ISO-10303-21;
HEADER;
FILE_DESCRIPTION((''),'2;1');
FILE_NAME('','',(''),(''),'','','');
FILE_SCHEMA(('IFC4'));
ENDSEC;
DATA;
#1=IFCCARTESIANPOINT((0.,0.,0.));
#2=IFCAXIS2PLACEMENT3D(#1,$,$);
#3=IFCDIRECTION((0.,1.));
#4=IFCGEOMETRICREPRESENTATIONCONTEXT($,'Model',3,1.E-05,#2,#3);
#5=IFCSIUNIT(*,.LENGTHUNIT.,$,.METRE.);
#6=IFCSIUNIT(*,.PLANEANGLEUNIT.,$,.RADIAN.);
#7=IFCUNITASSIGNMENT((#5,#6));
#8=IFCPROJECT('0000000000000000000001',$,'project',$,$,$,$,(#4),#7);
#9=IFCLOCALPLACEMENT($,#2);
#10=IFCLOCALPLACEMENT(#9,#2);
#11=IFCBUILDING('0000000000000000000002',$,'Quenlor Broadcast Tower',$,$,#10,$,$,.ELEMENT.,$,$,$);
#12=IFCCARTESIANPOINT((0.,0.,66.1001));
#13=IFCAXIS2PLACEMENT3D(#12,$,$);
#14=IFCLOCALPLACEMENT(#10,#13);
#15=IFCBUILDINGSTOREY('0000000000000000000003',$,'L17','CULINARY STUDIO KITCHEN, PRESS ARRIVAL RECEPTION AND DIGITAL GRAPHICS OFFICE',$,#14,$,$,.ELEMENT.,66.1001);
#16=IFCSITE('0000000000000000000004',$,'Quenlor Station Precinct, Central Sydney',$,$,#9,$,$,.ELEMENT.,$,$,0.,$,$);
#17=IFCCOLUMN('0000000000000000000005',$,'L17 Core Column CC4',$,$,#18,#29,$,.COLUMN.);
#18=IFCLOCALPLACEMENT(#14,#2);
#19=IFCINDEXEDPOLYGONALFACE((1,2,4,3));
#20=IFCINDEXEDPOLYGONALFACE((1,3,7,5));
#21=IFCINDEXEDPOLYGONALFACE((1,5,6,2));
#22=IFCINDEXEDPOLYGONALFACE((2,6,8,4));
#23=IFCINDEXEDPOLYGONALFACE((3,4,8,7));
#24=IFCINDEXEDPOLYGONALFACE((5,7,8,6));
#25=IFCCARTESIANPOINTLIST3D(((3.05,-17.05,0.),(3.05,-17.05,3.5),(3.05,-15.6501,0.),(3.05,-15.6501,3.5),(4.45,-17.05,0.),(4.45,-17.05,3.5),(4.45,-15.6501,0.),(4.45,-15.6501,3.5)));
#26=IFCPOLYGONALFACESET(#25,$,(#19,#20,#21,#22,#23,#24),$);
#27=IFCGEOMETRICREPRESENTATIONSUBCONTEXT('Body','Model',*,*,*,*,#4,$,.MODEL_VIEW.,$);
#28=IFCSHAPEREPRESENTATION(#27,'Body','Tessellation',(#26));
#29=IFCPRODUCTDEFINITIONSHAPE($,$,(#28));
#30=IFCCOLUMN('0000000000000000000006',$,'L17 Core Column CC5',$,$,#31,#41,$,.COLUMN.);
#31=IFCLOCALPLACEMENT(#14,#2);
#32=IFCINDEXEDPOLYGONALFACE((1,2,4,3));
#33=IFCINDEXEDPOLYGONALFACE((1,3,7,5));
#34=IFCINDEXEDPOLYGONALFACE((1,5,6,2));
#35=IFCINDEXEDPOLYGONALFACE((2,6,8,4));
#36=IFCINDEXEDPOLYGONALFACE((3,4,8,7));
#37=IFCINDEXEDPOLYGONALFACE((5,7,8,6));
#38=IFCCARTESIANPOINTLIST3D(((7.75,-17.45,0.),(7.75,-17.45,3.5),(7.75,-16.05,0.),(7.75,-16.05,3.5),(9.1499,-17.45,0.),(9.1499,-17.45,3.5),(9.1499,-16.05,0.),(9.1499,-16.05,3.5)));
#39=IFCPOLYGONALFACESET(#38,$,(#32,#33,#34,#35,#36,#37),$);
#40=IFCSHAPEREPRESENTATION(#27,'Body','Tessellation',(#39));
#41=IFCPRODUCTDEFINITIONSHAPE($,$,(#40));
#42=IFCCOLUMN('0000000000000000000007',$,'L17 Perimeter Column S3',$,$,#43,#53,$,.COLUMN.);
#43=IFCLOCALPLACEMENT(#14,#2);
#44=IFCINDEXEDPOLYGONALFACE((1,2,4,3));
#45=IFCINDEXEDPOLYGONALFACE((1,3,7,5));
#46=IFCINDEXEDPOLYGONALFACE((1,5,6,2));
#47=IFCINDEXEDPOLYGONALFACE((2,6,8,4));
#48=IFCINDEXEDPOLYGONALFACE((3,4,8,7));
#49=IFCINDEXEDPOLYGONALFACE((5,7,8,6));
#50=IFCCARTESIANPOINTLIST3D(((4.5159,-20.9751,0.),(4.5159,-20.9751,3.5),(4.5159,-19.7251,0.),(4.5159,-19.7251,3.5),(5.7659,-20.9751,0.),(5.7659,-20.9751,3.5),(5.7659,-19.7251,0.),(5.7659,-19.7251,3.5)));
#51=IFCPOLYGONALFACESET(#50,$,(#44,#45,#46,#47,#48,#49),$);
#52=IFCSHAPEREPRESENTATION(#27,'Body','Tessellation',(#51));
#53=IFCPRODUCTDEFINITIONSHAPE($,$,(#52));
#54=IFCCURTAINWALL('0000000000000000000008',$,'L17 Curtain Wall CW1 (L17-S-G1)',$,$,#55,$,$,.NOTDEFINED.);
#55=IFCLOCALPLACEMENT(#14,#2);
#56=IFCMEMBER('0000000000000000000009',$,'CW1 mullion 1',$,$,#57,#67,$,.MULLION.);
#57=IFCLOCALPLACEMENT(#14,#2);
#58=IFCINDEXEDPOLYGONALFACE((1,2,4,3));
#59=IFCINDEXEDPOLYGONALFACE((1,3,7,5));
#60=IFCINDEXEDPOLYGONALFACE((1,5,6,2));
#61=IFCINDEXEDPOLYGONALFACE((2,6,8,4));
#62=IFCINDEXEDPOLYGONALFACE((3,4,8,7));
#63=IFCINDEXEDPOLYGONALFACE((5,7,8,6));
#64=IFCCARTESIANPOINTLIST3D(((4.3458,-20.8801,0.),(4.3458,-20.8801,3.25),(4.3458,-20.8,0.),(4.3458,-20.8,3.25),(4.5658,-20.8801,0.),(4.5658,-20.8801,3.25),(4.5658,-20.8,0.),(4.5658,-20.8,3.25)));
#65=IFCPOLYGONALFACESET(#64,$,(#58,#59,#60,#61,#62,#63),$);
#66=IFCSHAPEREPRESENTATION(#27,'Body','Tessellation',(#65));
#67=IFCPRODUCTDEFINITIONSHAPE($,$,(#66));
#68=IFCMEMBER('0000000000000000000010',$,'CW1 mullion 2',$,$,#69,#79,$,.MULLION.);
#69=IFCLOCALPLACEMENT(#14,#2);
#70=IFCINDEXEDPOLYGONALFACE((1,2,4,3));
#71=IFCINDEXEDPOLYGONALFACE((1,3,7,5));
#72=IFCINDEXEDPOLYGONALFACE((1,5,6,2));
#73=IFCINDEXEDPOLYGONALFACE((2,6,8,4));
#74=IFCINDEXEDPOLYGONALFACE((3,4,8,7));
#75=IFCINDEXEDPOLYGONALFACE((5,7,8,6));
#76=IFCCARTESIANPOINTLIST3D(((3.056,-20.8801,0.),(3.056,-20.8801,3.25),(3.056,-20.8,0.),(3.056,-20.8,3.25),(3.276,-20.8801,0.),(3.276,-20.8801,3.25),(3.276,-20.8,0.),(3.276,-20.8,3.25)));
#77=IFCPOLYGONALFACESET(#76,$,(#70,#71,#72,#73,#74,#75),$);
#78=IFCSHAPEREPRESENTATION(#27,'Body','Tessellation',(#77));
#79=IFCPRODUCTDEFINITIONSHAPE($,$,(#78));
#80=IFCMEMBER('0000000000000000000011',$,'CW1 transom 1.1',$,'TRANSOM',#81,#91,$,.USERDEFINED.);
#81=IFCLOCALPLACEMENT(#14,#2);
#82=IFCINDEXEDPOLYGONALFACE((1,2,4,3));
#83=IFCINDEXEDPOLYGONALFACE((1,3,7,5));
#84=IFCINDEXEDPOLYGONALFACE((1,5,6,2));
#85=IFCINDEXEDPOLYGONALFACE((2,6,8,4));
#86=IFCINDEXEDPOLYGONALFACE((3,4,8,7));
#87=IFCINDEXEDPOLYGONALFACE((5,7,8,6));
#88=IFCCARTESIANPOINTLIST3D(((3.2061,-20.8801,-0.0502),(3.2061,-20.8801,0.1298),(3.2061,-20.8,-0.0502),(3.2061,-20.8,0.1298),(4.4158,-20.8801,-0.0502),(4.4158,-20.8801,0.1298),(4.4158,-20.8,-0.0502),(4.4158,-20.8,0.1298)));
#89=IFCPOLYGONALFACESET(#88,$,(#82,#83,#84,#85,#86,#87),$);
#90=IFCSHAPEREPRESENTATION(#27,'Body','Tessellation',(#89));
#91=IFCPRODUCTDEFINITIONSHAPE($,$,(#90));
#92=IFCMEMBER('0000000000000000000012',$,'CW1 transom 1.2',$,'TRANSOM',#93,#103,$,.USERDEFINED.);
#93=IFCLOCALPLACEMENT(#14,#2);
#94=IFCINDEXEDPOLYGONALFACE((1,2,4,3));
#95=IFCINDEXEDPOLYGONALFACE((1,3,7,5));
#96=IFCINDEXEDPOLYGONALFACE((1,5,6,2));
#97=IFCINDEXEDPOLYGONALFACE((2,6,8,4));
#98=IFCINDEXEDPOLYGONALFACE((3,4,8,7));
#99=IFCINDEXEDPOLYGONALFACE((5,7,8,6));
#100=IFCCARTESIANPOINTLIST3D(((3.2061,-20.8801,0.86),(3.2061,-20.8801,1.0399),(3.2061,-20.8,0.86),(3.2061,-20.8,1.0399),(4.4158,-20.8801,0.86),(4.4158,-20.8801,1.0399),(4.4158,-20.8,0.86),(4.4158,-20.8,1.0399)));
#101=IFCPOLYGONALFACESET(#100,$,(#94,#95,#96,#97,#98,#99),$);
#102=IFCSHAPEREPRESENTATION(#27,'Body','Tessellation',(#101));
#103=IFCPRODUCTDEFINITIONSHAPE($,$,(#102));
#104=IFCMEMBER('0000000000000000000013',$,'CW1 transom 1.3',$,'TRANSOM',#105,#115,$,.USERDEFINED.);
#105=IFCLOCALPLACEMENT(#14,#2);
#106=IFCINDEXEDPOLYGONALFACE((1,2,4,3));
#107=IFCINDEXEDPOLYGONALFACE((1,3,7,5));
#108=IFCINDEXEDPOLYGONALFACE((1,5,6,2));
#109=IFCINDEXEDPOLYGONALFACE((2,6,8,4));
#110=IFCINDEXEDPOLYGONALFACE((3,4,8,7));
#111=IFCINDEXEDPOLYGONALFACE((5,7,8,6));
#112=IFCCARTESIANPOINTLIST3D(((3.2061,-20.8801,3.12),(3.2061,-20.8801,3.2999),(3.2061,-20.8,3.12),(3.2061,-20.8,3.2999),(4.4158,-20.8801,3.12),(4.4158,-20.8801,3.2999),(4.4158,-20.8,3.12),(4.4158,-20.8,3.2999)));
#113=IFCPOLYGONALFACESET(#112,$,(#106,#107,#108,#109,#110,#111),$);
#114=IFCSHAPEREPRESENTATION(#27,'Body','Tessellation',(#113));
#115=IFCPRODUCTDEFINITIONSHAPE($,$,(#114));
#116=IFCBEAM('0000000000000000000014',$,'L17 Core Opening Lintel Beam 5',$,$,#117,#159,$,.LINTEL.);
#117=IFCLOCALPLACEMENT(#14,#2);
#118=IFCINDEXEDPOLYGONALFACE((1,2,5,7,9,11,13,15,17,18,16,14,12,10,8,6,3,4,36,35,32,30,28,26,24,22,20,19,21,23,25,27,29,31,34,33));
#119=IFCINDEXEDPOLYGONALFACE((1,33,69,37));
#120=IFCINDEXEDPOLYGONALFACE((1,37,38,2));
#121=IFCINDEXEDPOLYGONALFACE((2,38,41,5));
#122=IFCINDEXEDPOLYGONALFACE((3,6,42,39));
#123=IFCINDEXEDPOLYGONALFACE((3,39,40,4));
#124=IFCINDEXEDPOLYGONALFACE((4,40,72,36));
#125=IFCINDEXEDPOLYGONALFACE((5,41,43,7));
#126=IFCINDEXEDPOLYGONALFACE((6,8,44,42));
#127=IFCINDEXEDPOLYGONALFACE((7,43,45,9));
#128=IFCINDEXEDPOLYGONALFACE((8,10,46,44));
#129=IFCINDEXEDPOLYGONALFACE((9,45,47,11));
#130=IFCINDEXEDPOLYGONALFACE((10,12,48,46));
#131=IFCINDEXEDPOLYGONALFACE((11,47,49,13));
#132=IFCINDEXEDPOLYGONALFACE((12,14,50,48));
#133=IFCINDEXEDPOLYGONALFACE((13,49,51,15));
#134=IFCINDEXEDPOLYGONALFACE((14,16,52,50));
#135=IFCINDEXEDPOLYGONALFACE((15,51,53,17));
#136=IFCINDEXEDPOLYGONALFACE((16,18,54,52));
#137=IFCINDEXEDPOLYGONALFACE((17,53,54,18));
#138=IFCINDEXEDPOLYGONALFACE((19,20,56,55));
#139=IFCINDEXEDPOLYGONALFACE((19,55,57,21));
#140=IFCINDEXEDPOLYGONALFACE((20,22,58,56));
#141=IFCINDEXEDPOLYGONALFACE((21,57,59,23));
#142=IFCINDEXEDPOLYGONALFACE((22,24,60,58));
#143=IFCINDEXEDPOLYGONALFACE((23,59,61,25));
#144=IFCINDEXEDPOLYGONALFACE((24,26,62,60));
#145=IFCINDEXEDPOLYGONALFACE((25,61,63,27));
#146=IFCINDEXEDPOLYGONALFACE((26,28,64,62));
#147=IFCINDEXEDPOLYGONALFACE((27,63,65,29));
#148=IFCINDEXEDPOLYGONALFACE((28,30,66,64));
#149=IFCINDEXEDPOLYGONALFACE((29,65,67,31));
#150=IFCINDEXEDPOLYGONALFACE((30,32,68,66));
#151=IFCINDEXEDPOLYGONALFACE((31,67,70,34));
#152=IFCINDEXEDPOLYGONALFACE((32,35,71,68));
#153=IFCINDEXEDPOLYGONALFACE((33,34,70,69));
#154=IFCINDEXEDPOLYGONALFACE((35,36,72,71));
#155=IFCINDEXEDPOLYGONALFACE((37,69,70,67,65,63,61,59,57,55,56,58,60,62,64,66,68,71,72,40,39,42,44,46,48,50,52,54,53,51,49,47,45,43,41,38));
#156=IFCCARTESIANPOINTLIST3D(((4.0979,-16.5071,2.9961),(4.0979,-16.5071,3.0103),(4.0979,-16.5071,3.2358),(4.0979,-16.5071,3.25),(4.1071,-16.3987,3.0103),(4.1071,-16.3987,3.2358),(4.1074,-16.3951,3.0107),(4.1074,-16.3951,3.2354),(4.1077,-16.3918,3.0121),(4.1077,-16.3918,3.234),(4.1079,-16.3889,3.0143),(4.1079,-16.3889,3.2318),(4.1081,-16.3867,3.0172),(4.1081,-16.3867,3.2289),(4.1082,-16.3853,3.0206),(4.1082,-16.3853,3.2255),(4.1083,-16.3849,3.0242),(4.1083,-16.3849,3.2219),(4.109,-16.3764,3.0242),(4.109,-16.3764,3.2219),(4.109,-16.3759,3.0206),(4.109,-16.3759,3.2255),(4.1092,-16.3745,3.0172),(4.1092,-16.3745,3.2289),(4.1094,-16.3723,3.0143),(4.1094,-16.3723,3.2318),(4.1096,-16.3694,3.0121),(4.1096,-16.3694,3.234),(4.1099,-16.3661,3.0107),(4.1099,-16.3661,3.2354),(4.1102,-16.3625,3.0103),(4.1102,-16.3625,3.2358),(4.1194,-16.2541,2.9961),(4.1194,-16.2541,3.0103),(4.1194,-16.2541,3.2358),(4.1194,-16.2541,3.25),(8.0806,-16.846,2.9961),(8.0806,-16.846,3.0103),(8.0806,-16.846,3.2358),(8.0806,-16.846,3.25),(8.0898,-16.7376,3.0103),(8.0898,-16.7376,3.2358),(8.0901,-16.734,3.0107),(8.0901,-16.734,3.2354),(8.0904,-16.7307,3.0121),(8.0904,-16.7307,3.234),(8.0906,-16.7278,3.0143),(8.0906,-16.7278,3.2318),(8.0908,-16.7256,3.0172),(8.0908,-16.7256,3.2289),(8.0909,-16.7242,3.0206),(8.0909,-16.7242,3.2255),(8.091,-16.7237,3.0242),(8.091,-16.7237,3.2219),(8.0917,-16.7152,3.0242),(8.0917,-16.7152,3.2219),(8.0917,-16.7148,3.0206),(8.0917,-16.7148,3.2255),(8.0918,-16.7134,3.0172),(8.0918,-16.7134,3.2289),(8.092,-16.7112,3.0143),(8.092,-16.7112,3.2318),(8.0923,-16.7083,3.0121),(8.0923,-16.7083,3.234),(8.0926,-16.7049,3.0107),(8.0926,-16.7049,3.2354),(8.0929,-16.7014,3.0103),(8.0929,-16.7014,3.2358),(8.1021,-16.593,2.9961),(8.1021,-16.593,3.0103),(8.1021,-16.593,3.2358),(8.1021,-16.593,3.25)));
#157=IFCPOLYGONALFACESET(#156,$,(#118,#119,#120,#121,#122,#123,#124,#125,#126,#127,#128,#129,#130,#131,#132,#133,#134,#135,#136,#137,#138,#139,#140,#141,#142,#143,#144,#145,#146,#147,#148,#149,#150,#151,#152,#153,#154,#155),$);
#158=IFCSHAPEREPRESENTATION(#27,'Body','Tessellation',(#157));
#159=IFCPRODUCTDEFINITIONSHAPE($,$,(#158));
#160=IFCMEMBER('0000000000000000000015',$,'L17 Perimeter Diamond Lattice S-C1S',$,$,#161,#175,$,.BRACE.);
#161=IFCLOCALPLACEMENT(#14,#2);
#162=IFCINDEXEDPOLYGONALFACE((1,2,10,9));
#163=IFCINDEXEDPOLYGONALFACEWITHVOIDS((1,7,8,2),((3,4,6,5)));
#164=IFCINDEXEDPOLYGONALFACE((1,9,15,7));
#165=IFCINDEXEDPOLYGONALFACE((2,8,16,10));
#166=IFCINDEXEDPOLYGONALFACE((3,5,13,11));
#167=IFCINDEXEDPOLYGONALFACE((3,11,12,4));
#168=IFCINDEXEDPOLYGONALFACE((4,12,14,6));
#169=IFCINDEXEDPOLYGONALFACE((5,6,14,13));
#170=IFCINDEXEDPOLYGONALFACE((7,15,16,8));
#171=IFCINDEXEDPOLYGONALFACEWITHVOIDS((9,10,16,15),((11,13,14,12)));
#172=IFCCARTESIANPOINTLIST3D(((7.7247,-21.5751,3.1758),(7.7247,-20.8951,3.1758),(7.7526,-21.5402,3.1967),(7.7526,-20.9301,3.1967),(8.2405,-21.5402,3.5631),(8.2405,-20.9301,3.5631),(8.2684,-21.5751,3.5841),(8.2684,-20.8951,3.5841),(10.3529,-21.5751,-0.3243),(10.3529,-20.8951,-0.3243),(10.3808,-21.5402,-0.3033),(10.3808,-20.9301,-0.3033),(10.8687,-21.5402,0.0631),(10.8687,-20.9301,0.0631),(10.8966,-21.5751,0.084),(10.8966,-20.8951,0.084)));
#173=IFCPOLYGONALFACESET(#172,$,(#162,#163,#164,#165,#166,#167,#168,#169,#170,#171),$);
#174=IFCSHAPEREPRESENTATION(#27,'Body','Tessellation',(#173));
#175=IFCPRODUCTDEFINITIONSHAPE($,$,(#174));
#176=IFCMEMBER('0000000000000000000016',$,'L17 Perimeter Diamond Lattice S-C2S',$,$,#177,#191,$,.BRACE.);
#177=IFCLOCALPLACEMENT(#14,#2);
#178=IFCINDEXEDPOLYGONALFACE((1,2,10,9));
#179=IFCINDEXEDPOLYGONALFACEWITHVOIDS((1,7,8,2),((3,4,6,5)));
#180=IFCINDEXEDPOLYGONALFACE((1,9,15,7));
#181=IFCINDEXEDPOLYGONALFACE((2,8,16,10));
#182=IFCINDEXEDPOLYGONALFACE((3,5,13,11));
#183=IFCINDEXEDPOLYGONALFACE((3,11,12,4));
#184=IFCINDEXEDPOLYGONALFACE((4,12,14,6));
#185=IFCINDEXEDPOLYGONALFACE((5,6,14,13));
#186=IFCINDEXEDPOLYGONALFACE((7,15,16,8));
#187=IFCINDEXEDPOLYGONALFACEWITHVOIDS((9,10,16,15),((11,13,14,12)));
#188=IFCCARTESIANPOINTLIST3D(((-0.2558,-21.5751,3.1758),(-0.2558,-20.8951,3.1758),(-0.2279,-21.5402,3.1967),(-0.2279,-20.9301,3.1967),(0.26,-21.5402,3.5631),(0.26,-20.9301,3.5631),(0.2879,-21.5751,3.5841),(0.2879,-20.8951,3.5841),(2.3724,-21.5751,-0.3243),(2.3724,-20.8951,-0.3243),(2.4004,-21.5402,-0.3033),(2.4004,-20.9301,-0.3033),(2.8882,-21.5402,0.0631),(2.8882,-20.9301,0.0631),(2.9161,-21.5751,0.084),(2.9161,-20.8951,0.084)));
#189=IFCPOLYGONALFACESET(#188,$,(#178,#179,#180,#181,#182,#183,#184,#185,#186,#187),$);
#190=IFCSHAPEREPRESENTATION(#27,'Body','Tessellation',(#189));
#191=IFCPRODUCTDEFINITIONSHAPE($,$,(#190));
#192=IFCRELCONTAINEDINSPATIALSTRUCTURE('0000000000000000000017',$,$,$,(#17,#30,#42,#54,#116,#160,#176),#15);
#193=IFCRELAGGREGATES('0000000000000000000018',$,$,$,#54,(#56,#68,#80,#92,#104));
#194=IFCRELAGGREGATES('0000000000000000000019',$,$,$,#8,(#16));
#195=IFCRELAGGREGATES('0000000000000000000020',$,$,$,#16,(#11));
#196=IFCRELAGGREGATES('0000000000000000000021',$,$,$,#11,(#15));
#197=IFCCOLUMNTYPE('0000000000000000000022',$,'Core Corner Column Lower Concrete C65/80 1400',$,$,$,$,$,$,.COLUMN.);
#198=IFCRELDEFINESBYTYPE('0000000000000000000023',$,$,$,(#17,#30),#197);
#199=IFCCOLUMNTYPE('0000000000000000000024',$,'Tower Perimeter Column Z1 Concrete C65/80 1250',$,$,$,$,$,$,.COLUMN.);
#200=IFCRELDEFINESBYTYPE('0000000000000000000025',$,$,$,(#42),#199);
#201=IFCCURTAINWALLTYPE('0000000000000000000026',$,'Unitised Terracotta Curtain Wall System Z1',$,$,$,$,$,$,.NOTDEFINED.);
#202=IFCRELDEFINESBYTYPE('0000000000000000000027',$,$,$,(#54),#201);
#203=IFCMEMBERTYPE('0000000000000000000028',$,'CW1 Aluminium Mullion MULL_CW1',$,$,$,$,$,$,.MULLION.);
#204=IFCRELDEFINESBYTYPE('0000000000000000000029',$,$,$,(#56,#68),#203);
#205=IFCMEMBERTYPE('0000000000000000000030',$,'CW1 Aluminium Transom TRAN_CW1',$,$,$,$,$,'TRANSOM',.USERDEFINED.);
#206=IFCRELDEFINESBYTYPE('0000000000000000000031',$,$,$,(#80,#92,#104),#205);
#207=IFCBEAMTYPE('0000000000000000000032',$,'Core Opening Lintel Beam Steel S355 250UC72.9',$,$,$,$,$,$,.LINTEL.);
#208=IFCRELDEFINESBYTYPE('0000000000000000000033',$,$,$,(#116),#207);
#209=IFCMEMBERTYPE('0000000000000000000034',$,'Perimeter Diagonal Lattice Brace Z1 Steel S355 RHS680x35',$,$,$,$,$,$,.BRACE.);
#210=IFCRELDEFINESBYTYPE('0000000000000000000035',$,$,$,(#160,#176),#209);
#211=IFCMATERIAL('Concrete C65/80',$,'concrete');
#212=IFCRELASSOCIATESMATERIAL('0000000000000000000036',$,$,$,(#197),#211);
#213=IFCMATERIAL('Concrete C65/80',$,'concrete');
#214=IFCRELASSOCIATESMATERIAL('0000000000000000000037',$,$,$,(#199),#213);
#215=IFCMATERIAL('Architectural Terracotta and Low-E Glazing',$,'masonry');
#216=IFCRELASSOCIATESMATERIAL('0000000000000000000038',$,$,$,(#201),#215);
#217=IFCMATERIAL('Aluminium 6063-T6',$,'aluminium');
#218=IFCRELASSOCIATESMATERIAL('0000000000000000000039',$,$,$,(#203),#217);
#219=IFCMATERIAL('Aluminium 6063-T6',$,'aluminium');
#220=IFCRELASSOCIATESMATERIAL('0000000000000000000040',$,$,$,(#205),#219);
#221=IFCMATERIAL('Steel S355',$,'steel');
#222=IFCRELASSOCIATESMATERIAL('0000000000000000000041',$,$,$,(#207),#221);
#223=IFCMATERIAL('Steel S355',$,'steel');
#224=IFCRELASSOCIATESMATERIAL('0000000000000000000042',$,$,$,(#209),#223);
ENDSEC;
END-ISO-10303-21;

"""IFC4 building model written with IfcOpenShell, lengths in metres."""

from ifc_helpers import new_model, si_unit, direction, frame, origin, origin_2d, place, context, subcontext, project, spatial, rectangle, hollow_rectangle, i_section, extrude, material, material_profile, profile_set, type_object, element, aggregate, save


model = new_model("IFC4")

# Units and contexts
model_context = context("Model", 3, precision=1e-05, world=origin(), true_north=direction((0.0, 1.0)))
body_context = subcontext(model_context, "Body", "Model", "MODEL_VIEW")
ifc_project = project(units=[si_unit("LENGTHUNIT", "METRE"), si_unit("PLANEANGLEUNIT", "RADIAN")], contexts=[model_context])

# Site, building, storey
site_placement = place(None, origin())
site = spatial("IfcSite", under=ifc_project, at=site_placement, Name="Quenlor Station Precinct, Central Sydney", CompositionType="ELEMENT", RefElevation=0.0)
building_placement = place(site_placement, origin())
building = spatial("IfcBuilding", under=site, at=building_placement, Name="Quenlor Broadcast Tower", CompositionType="ELEMENT")
storey_placement = place(building_placement, frame((0.0, 0.0, 66.1001)))
storey = spatial("IfcBuildingStorey", under=building, at=storey_placement, Name="L17", Description="CULINARY STUDIO KITCHEN, PRESS ARRIVAL RECEPTION AND DIGITAL GRAPHICS OFFICE", CompositionType="ELEMENT", Elevation=66.1001)

# Columns
ifc_material_1 = material(Name="Concrete C65/80", Category="concrete")
ifc_material_profile_1 = material_profile(ifc_material_1, rectangle(XDim=1.3999, YDim=1.3999, at=origin_2d()))
ifc_profile_set_1 = profile_set([ifc_material_profile_1], Name="Concrete C65/80 RC1400x1400")
column_type_1 = type_object("IfcColumnType", Name="Core Corner Column Lower Concrete C65/80 1400", PredefinedType="COLUMN", material=ifc_profile_set_1)
for number, where, z_axis, x_axis, name in (
    (1, (3.75, -16.3501, 0.0), (0.0, 0.0, 1.0), (1.0, 0.0, 0.0), "L17 Core Column CC4"),
    (2, (8.45, -16.75, 0.0), (0.0, 0.0, 1.0), (1.0, 0.0, 0.0), "L17 Core Column CC5"),
):
    element("IfcColumn", number, at=place(storey_placement, frame(where, z_axis=z_axis, x_axis=x_axis)), inside=storey, type_object=column_type_1, Name=name, PredefinedType="COLUMN", context=body_context, shape_type="SweptSolid", body=[
        extrude(rectangle(XDim=1.3999, YDim=1.3999, at=origin_2d()), origin(), (0.0, 0.0, 1.0), 3.5),
    ])
ifc_material_2 = material(Name="Concrete C65/80", Category="concrete")
ifc_material_profile_2 = material_profile(ifc_material_2, rectangle(XDim=1.25, YDim=1.25, at=origin_2d()))
ifc_profile_set_2 = profile_set([ifc_material_profile_2], Name="Concrete C65/80 RC1250x1250")
column_type_2 = type_object("IfcColumnType", Name="Tower Perimeter Column Z1 Concrete C65/80 1250", PredefinedType="COLUMN", material=ifc_profile_set_2)
column_placement = place(storey_placement, frame((5.1409, -20.3501, 0.0), z_axis=(0.0, 0.0, 1.0), x_axis=(0.0, 1.0, 0.0)))
element("IfcColumn", 3, at=column_placement, inside=storey, type_object=column_type_2, Name="L17 Perimeter Column S3", PredefinedType="COLUMN", context=body_context, shape_type="SweptSolid", body=[
    extrude(rectangle(XDim=1.25, YDim=1.25, at=origin_2d()), origin(), (0.0, 0.0, 1.0), 3.5),
])

# Curtain wall, members
ifc_material_3 = material(Name="Architectural Terracotta and Low-E Glazing", Category="masonry")
curtain_wall_type = type_object("IfcCurtainWallType", Name="Unitised Terracotta Curtain Wall System Z1", PredefinedType="NOTDEFINED", material=ifc_material_3)
curtain_wall_placement = place(storey_placement, origin())
curtain_wall = element("IfcCurtainWall", 4, at=curtain_wall_placement, inside=storey, type_object=curtain_wall_type, Name="L17 Curtain Wall CW1 (L17-S-G1)", PredefinedType="NOTDEFINED")
ifc_material_4 = material(Name="Aluminium 6063-T6", Category="aluminium")
ifc_material_profile_3 = material_profile(ifc_material_4, rectangle(XDim=0.0801, YDim=0.22, at=origin_2d()))
ifc_profile_set_3 = profile_set([ifc_material_profile_3], Name="Aluminium 6063-T6 MULL80x220")
member_type_1 = type_object("IfcMemberType", Name="CW1 Aluminium Mullion MULL_CW1", PredefinedType="MULLION", material=ifc_profile_set_3)
member_1_placement = place(storey_placement, frame((4.4558, -20.8401, 0.0), z_axis=(0.0, 0.0, 1.0), x_axis=(0.0, -1.0, 0.0)))
member_1 = element("IfcMember", 5, at=member_1_placement, type_object=member_type_1, Name="CW1 mullion 1", PredefinedType="MULLION", context=body_context, shape_type="SweptSolid", body=[
    extrude(rectangle(XDim=0.0801, YDim=0.22, at=origin_2d()), origin(), (0.0, 0.0, 1.0), 3.25),
])
member_2_placement = place(storey_placement, frame((3.166, -20.8401, 0.0), z_axis=(0.0, 0.0, 1.0), x_axis=(0.0, -1.0, 0.0)))
member_2 = element("IfcMember", 6, at=member_2_placement, type_object=member_type_1, Name="CW1 mullion 2", PredefinedType="MULLION", context=body_context, shape_type="SweptSolid", body=[
    extrude(rectangle(XDim=0.0801, YDim=0.22, at=origin_2d()), origin(), (0.0, 0.0, 1.0), 3.25),
])
ifc_material_5 = material(Name="Aluminium 6063-T6", Category="aluminium")
ifc_material_profile_4 = material_profile(ifc_material_5, rectangle(XDim=0.0801, YDim=0.1799, at=origin_2d()))
ifc_profile_set_4 = profile_set([ifc_material_profile_4], Name="Aluminium 6063-T6 TRAN80x180")
member_type_2 = type_object("IfcMemberType", Name="CW1 Aluminium Transom TRAN_CW1", ElementType="TRANSOM", PredefinedType="USERDEFINED", material=ifc_profile_set_4)
member_3_placement = place(storey_placement, frame((4.4158, -20.8401, 0.0398), z_axis=(-1.0, 0.0, 0.0), x_axis=(0.0, -1.0, 0.0)))
member_3 = element("IfcMember", 7, at=member_3_placement, type_object=member_type_2, Name="CW1 transom 1.1", ObjectType="TRANSOM", PredefinedType="USERDEFINED", context=body_context, shape_type="SweptSolid", body=[
    extrude(rectangle(XDim=0.0801, YDim=0.1799, at=origin_2d()), origin(), (0.0, 0.0, 1.0), 1.2097),
])
member_4_placement = place(storey_placement, frame((4.4158, -20.8401, 0.95), z_axis=(-1.0, 0.0, 0.0), x_axis=(0.0, -1.0, 0.0)))
member_4 = element("IfcMember", 8, at=member_4_placement, type_object=member_type_2, Name="CW1 transom 1.2", ObjectType="TRANSOM", PredefinedType="USERDEFINED", context=body_context, shape_type="SweptSolid", body=[
    extrude(rectangle(XDim=0.0801, YDim=0.1799, at=origin_2d()), origin(), (0.0, 0.0, 1.0), 1.2097),
])
member_5_placement = place(storey_placement, frame((4.4158, -20.8401, 3.21), z_axis=(-1.0, 0.0, 0.0), x_axis=(0.0, -1.0, 0.0)))
member_5 = element("IfcMember", 9, at=member_5_placement, type_object=member_type_2, Name="CW1 transom 1.3", ObjectType="TRANSOM", PredefinedType="USERDEFINED", context=body_context, shape_type="SweptSolid", body=[
    extrude(rectangle(XDim=0.0801, YDim=0.1799, at=origin_2d()), origin(), (0.0, 0.0, 1.0), 1.2097),
])

# Beam
ifc_material_6 = material(Name="Steel S355", Category="steel")
ifc_material_profile_5 = material_profile(ifc_material_6, i_section(OverallWidth=0.2539, OverallDepth=0.2539, WebThickness=0.0085, FlangeThickness=0.0142, FilletRadius=0.0139, at=origin_2d()))
ifc_profile_set_5 = profile_set([ifc_material_profile_5], Name="Steel S355 250UC72.9")
beam_type_1 = type_object("IfcBeamType", Name="Core Opening Lintel Beam Steel S355 250UC72.9", PredefinedType="LINTEL", material=ifc_profile_set_5)
beam_1_placement = place(storey_placement, frame((4.1086, -16.3806, 3.123), z_axis=(0.9964, -0.084779, 0.0), x_axis=(0.084779, 0.9964, 0.0)))
element("IfcBeam", 10, at=beam_1_placement, inside=storey, type_object=beam_type_1, Name="L17 Core Opening Lintel Beam 5", PredefinedType="LINTEL", context=body_context, shape_type="SweptSolid", body=[
    extrude(i_section(OverallWidth=0.2539, OverallDepth=0.2539, WebThickness=0.0085, FlangeThickness=0.0142, FilletRadius=0.0139, at=origin_2d()), origin(), (0.0, 0.0, 1.0), 3.9971),
])

# Members
ifc_material_7 = material(Name="Steel S355", Category="steel")
ifc_material_profile_6 = material_profile(ifc_material_7, hollow_rectangle(XDim=0.6799, YDim=0.6799, WallThickness=0.0349, at=origin_2d()))
ifc_profile_set_6 = profile_set([ifc_material_profile_6], Name="Steel S355 RHS680x680x35")
member_type_3 = type_object("IfcMemberType", Name="Perimeter Diagonal Lattice Brace Z1 Steel S355 RHS680x35", PredefinedType="BRACE", material=ifc_profile_set_6)
for number, where, z_axis, x_axis, name in (
    (11, (10.6248, -21.2351, -0.1201), (-0.600464, 0.0, 0.799652), (0.0, -1.0, 0.0), "L17 Perimeter Diamond Lattice S-C1S"),
    (12, (2.6443, -21.2351, -0.1201), (-0.600464, 0.0, 0.799652), (0.0, -1.0, 0.0), "L17 Perimeter Diamond Lattice S-C2S"),
):
    element("IfcMember", number, at=place(storey_placement, frame(where, z_axis=z_axis, x_axis=x_axis)), inside=storey, type_object=member_type_3, Name=name, PredefinedType="BRACE", context=body_context, shape_type="SweptSolid", body=[
        extrude(hollow_rectangle(XDim=0.6799, YDim=0.6799, WallThickness=0.0349, at=origin_2d()), origin(), (0.0, 0.0, 1.0), 4.377),
    ])

aggregate(curtain_wall, [member_1, member_2, member_3, member_4, member_5])

save(model, "model.ifc")
